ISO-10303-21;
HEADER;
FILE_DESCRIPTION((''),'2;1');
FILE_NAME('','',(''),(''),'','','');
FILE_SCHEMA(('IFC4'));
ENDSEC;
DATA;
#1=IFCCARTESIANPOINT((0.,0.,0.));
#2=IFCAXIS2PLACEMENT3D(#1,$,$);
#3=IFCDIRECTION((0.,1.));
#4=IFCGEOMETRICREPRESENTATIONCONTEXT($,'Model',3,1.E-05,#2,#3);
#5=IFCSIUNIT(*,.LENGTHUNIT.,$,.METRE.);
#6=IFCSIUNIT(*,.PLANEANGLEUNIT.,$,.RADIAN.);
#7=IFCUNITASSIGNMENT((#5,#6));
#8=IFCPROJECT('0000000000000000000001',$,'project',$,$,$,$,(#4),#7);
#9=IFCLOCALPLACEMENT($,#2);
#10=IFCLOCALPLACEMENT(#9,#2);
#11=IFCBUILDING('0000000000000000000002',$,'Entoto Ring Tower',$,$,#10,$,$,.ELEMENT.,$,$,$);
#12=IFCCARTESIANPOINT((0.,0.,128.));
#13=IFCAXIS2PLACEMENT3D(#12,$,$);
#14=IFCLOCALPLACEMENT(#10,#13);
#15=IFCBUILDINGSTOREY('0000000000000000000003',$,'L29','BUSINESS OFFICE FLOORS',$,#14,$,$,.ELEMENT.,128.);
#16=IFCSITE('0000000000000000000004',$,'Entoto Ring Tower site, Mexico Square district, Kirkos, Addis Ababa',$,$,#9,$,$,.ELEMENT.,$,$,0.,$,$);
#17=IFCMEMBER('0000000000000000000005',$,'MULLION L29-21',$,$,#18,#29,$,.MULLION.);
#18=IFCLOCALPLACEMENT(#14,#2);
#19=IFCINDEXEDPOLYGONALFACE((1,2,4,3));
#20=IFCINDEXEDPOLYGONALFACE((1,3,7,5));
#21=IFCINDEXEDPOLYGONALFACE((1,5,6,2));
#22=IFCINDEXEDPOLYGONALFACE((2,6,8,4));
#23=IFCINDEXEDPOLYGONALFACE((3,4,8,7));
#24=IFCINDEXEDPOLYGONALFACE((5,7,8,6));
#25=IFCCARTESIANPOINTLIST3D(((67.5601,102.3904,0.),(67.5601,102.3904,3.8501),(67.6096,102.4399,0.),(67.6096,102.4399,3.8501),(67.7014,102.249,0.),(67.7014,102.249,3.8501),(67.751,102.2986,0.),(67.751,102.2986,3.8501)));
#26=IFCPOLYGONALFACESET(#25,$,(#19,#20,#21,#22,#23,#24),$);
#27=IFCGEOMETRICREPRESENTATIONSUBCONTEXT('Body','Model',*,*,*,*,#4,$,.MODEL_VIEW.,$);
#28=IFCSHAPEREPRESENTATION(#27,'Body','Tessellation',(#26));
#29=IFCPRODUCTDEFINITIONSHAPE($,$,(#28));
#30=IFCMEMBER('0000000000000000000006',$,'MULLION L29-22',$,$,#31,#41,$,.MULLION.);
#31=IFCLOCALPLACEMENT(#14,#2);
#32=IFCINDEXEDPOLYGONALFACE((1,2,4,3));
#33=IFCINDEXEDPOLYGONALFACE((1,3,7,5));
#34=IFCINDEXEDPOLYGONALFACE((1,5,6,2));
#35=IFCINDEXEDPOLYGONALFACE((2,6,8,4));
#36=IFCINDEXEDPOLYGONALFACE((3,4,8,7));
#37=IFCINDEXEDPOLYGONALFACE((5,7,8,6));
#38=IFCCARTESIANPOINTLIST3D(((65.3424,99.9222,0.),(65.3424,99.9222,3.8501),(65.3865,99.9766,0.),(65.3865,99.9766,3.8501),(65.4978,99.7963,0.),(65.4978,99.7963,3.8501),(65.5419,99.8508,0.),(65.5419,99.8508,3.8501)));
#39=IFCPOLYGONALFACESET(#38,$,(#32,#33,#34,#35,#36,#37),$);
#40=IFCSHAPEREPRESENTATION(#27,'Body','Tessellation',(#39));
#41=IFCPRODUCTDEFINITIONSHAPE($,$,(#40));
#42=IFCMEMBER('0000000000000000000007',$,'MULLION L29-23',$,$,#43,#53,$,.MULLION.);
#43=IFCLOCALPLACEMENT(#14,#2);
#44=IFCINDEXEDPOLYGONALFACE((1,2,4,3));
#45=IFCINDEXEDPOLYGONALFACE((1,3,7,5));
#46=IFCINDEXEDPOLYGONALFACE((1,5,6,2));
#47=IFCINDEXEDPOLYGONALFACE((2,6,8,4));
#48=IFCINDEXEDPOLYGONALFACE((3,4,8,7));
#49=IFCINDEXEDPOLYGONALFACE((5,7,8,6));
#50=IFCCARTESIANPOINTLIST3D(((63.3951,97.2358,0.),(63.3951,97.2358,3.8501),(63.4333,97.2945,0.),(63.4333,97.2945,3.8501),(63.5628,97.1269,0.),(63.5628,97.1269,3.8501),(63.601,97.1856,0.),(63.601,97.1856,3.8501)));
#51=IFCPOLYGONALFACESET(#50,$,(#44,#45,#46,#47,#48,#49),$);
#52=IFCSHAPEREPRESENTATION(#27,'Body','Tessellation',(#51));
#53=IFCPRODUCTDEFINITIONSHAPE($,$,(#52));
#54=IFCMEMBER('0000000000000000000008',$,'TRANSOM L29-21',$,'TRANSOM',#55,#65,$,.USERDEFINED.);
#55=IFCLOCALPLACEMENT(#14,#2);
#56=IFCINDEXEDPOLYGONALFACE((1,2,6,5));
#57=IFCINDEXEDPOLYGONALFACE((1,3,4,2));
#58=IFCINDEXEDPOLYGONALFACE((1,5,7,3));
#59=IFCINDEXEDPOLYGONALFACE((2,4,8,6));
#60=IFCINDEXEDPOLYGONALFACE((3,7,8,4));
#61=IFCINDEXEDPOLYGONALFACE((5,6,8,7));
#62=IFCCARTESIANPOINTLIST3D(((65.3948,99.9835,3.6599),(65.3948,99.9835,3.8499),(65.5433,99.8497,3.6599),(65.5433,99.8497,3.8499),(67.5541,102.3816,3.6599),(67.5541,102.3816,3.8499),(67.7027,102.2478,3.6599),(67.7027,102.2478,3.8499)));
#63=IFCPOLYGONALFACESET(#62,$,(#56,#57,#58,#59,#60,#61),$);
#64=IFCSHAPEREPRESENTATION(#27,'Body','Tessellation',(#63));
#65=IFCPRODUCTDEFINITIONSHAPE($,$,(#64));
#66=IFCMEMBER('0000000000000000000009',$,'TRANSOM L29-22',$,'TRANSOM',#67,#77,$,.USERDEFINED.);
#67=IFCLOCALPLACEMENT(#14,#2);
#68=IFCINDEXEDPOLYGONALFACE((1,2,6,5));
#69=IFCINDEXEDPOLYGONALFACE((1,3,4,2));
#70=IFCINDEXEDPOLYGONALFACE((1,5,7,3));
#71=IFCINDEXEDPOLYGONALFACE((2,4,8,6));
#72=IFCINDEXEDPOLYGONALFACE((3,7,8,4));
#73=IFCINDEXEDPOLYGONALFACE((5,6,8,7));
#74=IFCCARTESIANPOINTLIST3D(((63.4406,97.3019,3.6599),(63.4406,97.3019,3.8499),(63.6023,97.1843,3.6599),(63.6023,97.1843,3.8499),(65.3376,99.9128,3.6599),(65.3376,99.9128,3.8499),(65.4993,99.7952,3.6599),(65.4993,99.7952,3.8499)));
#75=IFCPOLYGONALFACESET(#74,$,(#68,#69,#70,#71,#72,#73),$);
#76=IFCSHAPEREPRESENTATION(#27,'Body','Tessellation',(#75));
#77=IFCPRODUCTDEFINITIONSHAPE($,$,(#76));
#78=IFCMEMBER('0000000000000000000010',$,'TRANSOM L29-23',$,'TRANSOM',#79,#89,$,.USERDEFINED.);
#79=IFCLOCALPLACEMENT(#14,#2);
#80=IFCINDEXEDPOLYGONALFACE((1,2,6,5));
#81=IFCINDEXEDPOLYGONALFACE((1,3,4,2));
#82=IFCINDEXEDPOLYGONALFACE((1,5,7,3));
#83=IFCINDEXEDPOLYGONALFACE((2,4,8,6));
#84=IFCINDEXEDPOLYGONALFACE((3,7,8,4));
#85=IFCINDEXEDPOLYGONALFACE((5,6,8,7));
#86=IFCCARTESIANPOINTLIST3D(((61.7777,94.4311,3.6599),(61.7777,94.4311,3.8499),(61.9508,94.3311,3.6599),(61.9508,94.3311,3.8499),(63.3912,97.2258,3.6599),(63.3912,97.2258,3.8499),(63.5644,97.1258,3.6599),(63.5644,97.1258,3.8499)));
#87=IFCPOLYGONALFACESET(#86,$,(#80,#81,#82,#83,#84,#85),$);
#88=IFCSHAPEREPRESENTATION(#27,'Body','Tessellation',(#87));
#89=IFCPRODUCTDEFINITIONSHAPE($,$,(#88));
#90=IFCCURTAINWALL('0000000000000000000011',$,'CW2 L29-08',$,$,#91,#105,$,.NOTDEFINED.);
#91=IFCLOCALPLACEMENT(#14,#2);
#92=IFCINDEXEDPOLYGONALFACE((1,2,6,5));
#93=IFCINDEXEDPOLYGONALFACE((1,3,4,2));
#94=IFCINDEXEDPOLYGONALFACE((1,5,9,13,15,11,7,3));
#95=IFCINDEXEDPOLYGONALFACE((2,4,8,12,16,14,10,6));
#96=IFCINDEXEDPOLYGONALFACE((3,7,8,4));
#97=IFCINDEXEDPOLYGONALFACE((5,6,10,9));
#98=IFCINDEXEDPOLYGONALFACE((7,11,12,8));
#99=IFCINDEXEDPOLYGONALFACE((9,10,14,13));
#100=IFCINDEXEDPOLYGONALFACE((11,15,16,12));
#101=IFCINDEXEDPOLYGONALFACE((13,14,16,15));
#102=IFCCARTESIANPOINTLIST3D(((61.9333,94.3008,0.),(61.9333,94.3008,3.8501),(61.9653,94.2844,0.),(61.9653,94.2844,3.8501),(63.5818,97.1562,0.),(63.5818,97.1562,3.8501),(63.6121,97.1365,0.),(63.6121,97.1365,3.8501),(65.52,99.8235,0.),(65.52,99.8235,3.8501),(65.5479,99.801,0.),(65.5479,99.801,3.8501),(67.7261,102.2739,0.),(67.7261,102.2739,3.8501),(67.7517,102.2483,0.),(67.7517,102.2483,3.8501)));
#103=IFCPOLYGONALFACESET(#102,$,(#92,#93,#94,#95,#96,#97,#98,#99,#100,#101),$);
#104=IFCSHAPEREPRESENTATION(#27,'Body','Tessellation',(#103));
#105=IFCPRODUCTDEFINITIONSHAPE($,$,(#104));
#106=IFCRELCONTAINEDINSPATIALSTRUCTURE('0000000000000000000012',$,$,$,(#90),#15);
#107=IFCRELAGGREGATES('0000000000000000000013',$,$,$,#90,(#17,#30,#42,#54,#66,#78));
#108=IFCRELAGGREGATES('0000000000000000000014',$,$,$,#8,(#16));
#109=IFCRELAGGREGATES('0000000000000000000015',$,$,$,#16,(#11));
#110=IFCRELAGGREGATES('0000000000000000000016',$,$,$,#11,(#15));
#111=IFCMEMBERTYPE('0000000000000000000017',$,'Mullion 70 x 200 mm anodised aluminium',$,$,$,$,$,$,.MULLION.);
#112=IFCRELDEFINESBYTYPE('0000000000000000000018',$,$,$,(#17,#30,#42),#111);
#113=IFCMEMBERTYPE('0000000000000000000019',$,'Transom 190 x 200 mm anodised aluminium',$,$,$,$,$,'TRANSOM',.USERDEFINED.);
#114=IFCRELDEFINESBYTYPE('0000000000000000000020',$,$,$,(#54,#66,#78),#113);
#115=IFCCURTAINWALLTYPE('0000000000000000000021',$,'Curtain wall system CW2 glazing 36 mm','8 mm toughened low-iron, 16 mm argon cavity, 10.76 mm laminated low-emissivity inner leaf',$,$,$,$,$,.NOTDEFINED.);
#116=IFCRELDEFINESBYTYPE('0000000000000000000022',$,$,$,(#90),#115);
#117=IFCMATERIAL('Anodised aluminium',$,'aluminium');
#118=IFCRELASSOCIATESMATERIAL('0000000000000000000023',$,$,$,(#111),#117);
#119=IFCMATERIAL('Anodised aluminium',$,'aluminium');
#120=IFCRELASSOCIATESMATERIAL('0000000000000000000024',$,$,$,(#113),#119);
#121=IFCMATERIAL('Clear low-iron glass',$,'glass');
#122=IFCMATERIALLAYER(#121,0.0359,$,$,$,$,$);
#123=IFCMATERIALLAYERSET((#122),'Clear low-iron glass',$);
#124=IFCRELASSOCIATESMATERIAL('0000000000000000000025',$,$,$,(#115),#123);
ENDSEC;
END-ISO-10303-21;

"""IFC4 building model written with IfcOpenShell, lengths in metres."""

from ifc_helpers import new_model, si_unit, direction, frame, origin, origin_2d, place, context, subcontext, project, spatial, polyline, rectangle, outline, extrude, material, layer, layer_set, material_profile, profile_set, type_object, element, aggregate, save


model = new_model("IFC4")

# Units and contexts
model_context = context("Model", 3, precision=1e-05, world=origin(), true_north=direction((0.0, 1.0)))
body_context = subcontext(model_context, "Body", "Model", "MODEL_VIEW")
ifc_project = project(units=[si_unit("LENGTHUNIT", "METRE"), si_unit("PLANEANGLEUNIT", "RADIAN")], contexts=[model_context])

# Members
ifc_material_1 = material(Name="Anodised aluminium", Category="aluminium")
ifc_material_profile_1 = material_profile(ifc_material_1, rectangle(XDim=0.0701, YDim=0.2, at=origin_2d()), Name="Mullion 70 x 200 mm anodised aluminium")
ifc_profile_set_1 = profile_set([ifc_material_profile_1], Name="Anodised aluminium")
member_type_1 = type_object("IfcMemberType", Name="Mullion 70 x 200 mm anodised aluminium", PredefinedType="MULLION", material=ifc_profile_set_1)
site_placement = place(None, origin())
building_placement = place(site_placement, origin())
storey_placement = place(building_placement, frame((0.0, 0.0, 128.0)))
member_1_placement = place(storey_placement, frame((67.6555, 102.3445, 0.0), z_axis=(0.0, 0.0, 1.0), x_axis=(-0.707107, -0.707107, 0.0)))
member_1 = element("IfcMember", 1, at=member_1_placement, type_object=member_type_1, Name="MULLION L29-21", PredefinedType="MULLION", context=body_context, shape_type="SweptSolid", body=[
    extrude(rectangle(XDim=0.0701, YDim=0.2, at=origin_2d()), origin(), (0.0, 0.0, 1.0), 3.8501),
])
member_2_placement = place(storey_placement, frame((65.4421, 99.8865, 0.0), z_axis=(0.0, 0.0, 1.0), x_axis=(-0.62932, -0.777146, 0.0)))
member_2 = element("IfcMember", 2, at=member_2_placement, type_object=member_type_1, Name="MULLION L29-22", PredefinedType="MULLION", context=body_context, shape_type="SweptSolid", body=[
    extrude(rectangle(XDim=0.0701, YDim=0.2, at=origin_2d()), origin(), (0.0, 0.0, 1.0), 3.8501),
])
member_3_placement = place(storey_placement, frame((63.498, 97.2107, 0.0), z_axis=(0.0, 0.0, 1.0), x_axis=(-0.544639, -0.838671, 0.0)))
member_3 = element("IfcMember", 3, at=member_3_placement, type_object=member_type_1, Name="MULLION L29-23", PredefinedType="MULLION", context=body_context, shape_type="SweptSolid", body=[
    extrude(rectangle(XDim=0.0701, YDim=0.2, at=origin_2d()), origin(), (0.0, 0.0, 1.0), 3.8501),
])
ifc_material_2 = material(Name="Anodised aluminium", Category="aluminium")
ifc_material_profile_2 = material_profile(ifc_material_2, rectangle(XDim=0.2, YDim=0.1899, at=origin_2d()), Name="Transom 190 x 200 mm anodised aluminium")
ifc_profile_set_2 = profile_set([ifc_material_profile_2], Name="Anodised aluminium")
member_type_2 = type_object("IfcMemberType", Name="Transom 190 x 200 mm anodised aluminium", ElementType="TRANSOM", PredefinedType="USERDEFINED", material=ifc_profile_set_2)
member_4_placement = place(storey_placement, frame((67.6284, 102.3147, 3.7549), z_axis=(-0.669144, -0.743132, 0.0), x_axis=(0.743132, -0.669144, 0.0)))
member_4 = element("IfcMember", 4, at=member_4_placement, type_object=member_type_2, Name="TRANSOM L29-21", ObjectType="TRANSOM", PredefinedType="USERDEFINED", context=body_context, shape_type="SweptSolid", body=[
    extrude(rectangle(XDim=0.2, YDim=0.1899, at=origin_2d()), origin(), (0.0, 0.0, 1.0), 3.2271),
])
member_5_placement = place(storey_placement, frame((65.4185, 99.854, 3.7549), z_axis=(-0.587803, -0.809004, 0.0), x_axis=(0.809004, -0.587803, 0.0)))
member_5 = element("IfcMember", 5, at=member_5_placement, type_object=member_type_2, Name="TRANSOM L29-22", ObjectType="TRANSOM", PredefinedType="USERDEFINED", context=body_context, shape_type="SweptSolid", body=[
    extrude(rectangle(XDim=0.2, YDim=0.1899, at=origin_2d()), origin(), (0.0, 0.0, 1.0), 3.2273),
])
member_6_placement = place(storey_placement, frame((63.4778, 97.1758, 3.7549), z_axis=(-0.500004, -0.866023, 0.0), x_axis=(0.866023, -0.500004, 0.0)))
member_6 = element("IfcMember", 6, at=member_6_placement, type_object=member_type_2, Name="TRANSOM L29-23", ObjectType="TRANSOM", PredefinedType="USERDEFINED", context=body_context, shape_type="SweptSolid", body=[
    extrude(rectangle(XDim=0.2, YDim=0.1899, at=origin_2d()), origin(), (0.0, 0.0, 1.0), 3.2271),
])

# Site, building, storey
site = spatial("IfcSite", under=ifc_project, at=site_placement, Name="Entoto Ring Tower site, Mexico Square district, Kirkos, Addis Ababa", CompositionType="ELEMENT", RefElevation=0.0)
building = spatial("IfcBuilding", under=site, at=building_placement, Name="Entoto Ring Tower", CompositionType="ELEMENT")
storey = spatial("IfcBuildingStorey", under=building, at=storey_placement, Name="L29", Description="BUSINESS OFFICE FLOORS", CompositionType="ELEMENT", Elevation=128.0)

# Curtain wall
ifc_material_3 = material(Name="Clear low-iron glass", Category="glass")
ifc_layer = layer(ifc_material_3, 0.0359)
ifc_layer_set = layer_set([ifc_layer], Name="Clear low-iron glass")
curtain_wall_type = type_object("IfcCurtainWallType", Name="Curtain wall system CW2 glazing 36 mm", Description="8 mm toughened low-iron, 16 mm argon cavity, 10.76 mm laminated low-emissivity inner leaf", PredefinedType="NOTDEFINED", material=ifc_layer_set)
curtain_wall_1_placement = place(storey_placement, origin())
curtain_wall_1 = element("IfcCurtainWall", 7, at=curtain_wall_1_placement, inside=storey, type_object=curtain_wall_type, Name="CW2 L29-08", PredefinedType="NOTDEFINED", context=body_context, shape_type="SweptSolid", body=[
    extrude(outline(polyline([(67.7261, 102.2739), (65.52, 99.8235), (63.5818, 97.1562), (61.9333, 94.3008), (61.9653, 94.2844), (63.6121, 97.1365), (65.5479, 99.801), (67.7517, 102.2483), (67.7261, 102.2739)])), origin(), (0.0, 0.0, 1.0), 3.8501),
])
aggregate(curtain_wall_1, [member_1, member_2, member_3, member_4, member_5, member_6])

save(model, "model.ifc")
